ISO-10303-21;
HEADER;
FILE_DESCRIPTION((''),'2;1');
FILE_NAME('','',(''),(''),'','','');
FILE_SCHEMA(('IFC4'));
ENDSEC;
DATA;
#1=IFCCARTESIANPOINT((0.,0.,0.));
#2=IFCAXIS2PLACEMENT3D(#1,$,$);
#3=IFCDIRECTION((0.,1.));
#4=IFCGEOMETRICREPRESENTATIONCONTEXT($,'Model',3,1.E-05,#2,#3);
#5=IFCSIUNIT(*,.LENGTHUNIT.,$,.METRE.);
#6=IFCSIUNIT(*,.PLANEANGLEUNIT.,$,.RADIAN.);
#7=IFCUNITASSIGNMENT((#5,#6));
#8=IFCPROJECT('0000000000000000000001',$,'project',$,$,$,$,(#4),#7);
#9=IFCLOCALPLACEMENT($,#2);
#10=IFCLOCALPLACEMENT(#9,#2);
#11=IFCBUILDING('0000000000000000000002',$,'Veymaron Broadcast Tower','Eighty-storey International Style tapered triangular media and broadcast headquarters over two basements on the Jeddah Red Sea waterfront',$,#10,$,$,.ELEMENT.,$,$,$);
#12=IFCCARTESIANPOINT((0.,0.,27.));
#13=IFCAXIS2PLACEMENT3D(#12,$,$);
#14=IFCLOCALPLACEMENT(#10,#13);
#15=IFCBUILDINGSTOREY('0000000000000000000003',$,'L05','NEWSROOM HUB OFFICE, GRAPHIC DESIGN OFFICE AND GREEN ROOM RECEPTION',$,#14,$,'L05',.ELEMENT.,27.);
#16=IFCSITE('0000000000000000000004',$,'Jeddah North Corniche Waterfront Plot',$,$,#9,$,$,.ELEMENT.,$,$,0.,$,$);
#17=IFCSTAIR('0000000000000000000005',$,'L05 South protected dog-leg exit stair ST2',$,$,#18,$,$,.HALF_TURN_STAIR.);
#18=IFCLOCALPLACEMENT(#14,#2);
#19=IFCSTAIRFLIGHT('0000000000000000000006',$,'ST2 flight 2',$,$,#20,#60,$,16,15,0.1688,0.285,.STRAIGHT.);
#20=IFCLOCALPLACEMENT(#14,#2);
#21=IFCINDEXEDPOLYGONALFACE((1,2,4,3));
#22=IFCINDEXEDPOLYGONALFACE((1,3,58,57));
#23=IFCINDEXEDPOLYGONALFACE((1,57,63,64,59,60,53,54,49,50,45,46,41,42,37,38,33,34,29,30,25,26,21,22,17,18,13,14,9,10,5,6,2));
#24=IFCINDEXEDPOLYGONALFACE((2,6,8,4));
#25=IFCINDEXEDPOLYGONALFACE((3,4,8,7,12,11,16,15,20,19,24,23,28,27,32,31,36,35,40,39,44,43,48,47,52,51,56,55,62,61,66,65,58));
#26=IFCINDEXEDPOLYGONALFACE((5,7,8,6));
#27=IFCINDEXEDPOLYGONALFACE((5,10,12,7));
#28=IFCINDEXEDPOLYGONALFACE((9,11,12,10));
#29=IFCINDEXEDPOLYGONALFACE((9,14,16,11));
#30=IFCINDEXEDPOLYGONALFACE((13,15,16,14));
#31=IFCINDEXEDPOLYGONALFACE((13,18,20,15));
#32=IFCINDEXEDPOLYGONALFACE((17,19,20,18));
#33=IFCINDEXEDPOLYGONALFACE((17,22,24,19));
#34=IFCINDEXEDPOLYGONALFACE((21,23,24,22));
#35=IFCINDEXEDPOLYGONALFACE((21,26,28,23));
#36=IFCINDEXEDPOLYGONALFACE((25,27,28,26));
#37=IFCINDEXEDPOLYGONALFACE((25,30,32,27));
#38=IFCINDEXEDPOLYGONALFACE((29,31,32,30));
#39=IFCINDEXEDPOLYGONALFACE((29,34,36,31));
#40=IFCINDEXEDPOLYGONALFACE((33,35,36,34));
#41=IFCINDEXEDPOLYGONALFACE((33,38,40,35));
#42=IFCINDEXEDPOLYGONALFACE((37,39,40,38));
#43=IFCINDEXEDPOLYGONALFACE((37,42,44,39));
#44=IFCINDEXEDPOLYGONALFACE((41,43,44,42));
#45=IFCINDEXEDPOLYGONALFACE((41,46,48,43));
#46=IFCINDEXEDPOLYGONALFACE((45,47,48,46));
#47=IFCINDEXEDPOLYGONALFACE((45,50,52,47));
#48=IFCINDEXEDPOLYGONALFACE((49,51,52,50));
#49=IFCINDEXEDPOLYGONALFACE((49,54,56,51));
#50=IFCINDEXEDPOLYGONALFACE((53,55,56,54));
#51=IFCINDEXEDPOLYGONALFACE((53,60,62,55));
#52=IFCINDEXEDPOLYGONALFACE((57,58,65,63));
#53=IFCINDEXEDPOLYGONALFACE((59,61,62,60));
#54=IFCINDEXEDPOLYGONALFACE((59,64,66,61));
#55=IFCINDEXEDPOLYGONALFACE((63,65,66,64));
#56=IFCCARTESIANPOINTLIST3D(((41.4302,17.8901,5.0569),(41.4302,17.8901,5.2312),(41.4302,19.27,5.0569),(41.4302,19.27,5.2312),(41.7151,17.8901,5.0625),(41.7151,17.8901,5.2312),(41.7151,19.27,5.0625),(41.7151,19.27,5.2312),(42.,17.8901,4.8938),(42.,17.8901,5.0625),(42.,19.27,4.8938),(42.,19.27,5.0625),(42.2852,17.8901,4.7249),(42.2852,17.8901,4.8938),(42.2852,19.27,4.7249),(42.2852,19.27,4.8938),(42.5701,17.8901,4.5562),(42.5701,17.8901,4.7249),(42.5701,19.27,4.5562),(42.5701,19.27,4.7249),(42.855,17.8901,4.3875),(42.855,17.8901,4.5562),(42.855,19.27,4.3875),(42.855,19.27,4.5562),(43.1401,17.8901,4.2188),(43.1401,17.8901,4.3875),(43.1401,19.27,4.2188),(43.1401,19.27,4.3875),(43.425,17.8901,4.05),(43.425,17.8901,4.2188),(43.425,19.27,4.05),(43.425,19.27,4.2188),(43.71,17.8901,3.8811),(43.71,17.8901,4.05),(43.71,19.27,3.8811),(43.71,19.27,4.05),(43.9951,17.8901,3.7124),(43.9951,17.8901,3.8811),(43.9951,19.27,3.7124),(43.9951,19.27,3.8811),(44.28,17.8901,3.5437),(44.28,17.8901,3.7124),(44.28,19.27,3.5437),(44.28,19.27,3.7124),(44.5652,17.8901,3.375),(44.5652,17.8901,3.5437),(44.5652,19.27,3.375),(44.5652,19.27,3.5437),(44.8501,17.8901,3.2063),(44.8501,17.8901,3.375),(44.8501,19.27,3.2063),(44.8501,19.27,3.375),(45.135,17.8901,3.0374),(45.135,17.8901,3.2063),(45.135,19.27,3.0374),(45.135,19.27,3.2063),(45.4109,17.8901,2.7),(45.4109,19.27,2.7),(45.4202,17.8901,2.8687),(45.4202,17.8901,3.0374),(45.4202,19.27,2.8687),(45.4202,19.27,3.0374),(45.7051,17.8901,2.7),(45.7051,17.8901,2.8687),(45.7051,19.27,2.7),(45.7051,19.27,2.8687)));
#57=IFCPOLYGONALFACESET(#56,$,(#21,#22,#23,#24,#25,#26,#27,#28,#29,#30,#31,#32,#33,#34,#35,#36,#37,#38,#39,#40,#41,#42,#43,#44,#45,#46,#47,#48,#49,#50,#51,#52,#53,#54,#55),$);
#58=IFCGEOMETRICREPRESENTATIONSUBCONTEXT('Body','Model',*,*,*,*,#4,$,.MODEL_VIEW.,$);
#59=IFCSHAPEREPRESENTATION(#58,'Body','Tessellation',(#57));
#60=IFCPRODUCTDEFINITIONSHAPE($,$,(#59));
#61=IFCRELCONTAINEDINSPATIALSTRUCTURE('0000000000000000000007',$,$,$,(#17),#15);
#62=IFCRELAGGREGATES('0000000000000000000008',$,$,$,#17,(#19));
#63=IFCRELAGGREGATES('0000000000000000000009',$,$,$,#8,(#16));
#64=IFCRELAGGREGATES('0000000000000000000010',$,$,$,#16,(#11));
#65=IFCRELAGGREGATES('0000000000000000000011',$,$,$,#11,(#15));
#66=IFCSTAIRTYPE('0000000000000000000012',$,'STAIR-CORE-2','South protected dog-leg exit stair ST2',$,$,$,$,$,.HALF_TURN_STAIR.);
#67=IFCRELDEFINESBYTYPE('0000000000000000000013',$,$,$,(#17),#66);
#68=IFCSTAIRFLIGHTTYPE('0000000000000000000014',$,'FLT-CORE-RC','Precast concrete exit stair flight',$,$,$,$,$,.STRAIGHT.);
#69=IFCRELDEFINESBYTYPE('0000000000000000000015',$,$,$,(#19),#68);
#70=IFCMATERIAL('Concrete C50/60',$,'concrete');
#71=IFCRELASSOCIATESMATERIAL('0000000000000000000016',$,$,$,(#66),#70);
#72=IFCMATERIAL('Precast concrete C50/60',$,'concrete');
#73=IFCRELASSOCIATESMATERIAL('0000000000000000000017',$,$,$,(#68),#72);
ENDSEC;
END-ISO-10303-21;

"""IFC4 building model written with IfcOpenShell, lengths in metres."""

from ifc_helpers import new_model, si_unit, direction, frame, origin, place, context, subcontext, project, spatial, polyline, outline, extrude, material, type_object, element, aggregate, save


model = new_model("IFC4")

# Units and contexts
model_context = context("Model", 3, precision=1e-05, world=origin(), true_north=direction((0.0, 1.0)))
body_context = subcontext(model_context, "Body", "Model", "MODEL_VIEW")
ifc_project = project(units=[si_unit("LENGTHUNIT", "METRE"), si_unit("PLANEANGLEUNIT", "RADIAN")], contexts=[model_context])

# Site, building, storey
site_placement = place(None, origin())
site = spatial("IfcSite", under=ifc_project, at=site_placement, Name="Jeddah North Corniche Waterfront Plot", CompositionType="ELEMENT", RefElevation=0.0)
building_placement = place(site_placement, origin())
building = spatial("IfcBuilding", under=site, at=building_placement, Name="Veymaron Broadcast Tower", Description="Eighty-storey International Style tapered triangular media and broadcast headquarters over two basements on the Jeddah Red Sea waterfront", CompositionType="ELEMENT")
storey_placement = place(building_placement, frame((0.0, 0.0, 27.0)))
storey = spatial("IfcBuildingStorey", under=building, at=storey_placement, Name="L05", Description="NEWSROOM HUB OFFICE, GRAPHIC DESIGN OFFICE AND GREEN ROOM RECEPTION", LongName="L05", CompositionType="ELEMENT", Elevation=27.0)

# Shared definitions
ifc_material_1 = material(Name="Concrete C50/60", Category="concrete")

# Stair, stair flight
stair_type = type_object("IfcStairType", Name="STAIR-CORE-2", Description="South protected dog-leg exit stair ST2", PredefinedType="HALF_TURN_STAIR", material=ifc_material_1)
stair_placement = place(storey_placement, origin())
stair = element("IfcStair", 1, at=stair_placement, inside=storey, type_object=stair_type, Name="L05 South protected dog-leg exit stair ST2", PredefinedType="HALF_TURN_STAIR")
ifc_material_2 = material(Name="Precast concrete C50/60", Category="concrete")
stair_flight_type = type_object("IfcStairFlightType", Name="FLT-CORE-RC", Description="Precast concrete exit stair flight", PredefinedType="STRAIGHT", material=ifc_material_2)
stair_flight_1_placement = place(storey_placement, frame((45.7051, 18.5801, 2.7), z_axis=(0.0, 0.0, 1.0), x_axis=(-1.0, 0.0, 0.0)))
stair_flight_1 = element("IfcStairFlight", 2, at=stair_flight_1_placement, type_object=stair_flight_type, Name="ST2 flight 2", NumberOfRisers=16, NumberOfTreads=15, PredefinedType="STRAIGHT", RiserHeight=0.1688, TreadLength=0.285, context=body_context, shape_type="SweptSolid", body=[
    extrude(outline(polyline([(0.0, 0.0), (0.0, 0.1687), (0.2849, 0.1687), (0.2849, 0.3374), (0.5701, 0.3374), (0.5701, 0.5063), (0.855, 0.5063), (0.855, 0.675), (1.1399, 0.675), (1.1399, 0.8438), (1.425, 0.8438), (1.425, 1.0125), (1.71, 1.0125), (1.71, 1.1812), (1.9951, 1.1812), (1.9951, 1.3501), (2.28, 1.3501), (2.28, 1.5188), (2.5649, 1.5188), (2.5649, 1.6875), (2.8501, 1.6875), (2.8501, 1.8562), (3.135, 1.8562), (3.135, 2.0249), (3.4199, 2.0249), (3.4199, 2.1938), (3.7051, 2.1938), (3.7051, 2.3625), (3.99, 2.3625), (3.99, 2.5312), (4.2749, 2.5312), (4.2749, 2.7), (4.2749, 2.3569), (0.2942, 0.0), (0.0, 0.0)])), frame((0.0, 0.6899, 0.0), z_axis=(0.0, -1.0, 0.0), x_axis=(1.0, 0.0, 0.0)), (0.0, 0.0, 1.0), 1.3799),
])
aggregate(stair, [stair_flight_1])

save(model, "model.ifc")
